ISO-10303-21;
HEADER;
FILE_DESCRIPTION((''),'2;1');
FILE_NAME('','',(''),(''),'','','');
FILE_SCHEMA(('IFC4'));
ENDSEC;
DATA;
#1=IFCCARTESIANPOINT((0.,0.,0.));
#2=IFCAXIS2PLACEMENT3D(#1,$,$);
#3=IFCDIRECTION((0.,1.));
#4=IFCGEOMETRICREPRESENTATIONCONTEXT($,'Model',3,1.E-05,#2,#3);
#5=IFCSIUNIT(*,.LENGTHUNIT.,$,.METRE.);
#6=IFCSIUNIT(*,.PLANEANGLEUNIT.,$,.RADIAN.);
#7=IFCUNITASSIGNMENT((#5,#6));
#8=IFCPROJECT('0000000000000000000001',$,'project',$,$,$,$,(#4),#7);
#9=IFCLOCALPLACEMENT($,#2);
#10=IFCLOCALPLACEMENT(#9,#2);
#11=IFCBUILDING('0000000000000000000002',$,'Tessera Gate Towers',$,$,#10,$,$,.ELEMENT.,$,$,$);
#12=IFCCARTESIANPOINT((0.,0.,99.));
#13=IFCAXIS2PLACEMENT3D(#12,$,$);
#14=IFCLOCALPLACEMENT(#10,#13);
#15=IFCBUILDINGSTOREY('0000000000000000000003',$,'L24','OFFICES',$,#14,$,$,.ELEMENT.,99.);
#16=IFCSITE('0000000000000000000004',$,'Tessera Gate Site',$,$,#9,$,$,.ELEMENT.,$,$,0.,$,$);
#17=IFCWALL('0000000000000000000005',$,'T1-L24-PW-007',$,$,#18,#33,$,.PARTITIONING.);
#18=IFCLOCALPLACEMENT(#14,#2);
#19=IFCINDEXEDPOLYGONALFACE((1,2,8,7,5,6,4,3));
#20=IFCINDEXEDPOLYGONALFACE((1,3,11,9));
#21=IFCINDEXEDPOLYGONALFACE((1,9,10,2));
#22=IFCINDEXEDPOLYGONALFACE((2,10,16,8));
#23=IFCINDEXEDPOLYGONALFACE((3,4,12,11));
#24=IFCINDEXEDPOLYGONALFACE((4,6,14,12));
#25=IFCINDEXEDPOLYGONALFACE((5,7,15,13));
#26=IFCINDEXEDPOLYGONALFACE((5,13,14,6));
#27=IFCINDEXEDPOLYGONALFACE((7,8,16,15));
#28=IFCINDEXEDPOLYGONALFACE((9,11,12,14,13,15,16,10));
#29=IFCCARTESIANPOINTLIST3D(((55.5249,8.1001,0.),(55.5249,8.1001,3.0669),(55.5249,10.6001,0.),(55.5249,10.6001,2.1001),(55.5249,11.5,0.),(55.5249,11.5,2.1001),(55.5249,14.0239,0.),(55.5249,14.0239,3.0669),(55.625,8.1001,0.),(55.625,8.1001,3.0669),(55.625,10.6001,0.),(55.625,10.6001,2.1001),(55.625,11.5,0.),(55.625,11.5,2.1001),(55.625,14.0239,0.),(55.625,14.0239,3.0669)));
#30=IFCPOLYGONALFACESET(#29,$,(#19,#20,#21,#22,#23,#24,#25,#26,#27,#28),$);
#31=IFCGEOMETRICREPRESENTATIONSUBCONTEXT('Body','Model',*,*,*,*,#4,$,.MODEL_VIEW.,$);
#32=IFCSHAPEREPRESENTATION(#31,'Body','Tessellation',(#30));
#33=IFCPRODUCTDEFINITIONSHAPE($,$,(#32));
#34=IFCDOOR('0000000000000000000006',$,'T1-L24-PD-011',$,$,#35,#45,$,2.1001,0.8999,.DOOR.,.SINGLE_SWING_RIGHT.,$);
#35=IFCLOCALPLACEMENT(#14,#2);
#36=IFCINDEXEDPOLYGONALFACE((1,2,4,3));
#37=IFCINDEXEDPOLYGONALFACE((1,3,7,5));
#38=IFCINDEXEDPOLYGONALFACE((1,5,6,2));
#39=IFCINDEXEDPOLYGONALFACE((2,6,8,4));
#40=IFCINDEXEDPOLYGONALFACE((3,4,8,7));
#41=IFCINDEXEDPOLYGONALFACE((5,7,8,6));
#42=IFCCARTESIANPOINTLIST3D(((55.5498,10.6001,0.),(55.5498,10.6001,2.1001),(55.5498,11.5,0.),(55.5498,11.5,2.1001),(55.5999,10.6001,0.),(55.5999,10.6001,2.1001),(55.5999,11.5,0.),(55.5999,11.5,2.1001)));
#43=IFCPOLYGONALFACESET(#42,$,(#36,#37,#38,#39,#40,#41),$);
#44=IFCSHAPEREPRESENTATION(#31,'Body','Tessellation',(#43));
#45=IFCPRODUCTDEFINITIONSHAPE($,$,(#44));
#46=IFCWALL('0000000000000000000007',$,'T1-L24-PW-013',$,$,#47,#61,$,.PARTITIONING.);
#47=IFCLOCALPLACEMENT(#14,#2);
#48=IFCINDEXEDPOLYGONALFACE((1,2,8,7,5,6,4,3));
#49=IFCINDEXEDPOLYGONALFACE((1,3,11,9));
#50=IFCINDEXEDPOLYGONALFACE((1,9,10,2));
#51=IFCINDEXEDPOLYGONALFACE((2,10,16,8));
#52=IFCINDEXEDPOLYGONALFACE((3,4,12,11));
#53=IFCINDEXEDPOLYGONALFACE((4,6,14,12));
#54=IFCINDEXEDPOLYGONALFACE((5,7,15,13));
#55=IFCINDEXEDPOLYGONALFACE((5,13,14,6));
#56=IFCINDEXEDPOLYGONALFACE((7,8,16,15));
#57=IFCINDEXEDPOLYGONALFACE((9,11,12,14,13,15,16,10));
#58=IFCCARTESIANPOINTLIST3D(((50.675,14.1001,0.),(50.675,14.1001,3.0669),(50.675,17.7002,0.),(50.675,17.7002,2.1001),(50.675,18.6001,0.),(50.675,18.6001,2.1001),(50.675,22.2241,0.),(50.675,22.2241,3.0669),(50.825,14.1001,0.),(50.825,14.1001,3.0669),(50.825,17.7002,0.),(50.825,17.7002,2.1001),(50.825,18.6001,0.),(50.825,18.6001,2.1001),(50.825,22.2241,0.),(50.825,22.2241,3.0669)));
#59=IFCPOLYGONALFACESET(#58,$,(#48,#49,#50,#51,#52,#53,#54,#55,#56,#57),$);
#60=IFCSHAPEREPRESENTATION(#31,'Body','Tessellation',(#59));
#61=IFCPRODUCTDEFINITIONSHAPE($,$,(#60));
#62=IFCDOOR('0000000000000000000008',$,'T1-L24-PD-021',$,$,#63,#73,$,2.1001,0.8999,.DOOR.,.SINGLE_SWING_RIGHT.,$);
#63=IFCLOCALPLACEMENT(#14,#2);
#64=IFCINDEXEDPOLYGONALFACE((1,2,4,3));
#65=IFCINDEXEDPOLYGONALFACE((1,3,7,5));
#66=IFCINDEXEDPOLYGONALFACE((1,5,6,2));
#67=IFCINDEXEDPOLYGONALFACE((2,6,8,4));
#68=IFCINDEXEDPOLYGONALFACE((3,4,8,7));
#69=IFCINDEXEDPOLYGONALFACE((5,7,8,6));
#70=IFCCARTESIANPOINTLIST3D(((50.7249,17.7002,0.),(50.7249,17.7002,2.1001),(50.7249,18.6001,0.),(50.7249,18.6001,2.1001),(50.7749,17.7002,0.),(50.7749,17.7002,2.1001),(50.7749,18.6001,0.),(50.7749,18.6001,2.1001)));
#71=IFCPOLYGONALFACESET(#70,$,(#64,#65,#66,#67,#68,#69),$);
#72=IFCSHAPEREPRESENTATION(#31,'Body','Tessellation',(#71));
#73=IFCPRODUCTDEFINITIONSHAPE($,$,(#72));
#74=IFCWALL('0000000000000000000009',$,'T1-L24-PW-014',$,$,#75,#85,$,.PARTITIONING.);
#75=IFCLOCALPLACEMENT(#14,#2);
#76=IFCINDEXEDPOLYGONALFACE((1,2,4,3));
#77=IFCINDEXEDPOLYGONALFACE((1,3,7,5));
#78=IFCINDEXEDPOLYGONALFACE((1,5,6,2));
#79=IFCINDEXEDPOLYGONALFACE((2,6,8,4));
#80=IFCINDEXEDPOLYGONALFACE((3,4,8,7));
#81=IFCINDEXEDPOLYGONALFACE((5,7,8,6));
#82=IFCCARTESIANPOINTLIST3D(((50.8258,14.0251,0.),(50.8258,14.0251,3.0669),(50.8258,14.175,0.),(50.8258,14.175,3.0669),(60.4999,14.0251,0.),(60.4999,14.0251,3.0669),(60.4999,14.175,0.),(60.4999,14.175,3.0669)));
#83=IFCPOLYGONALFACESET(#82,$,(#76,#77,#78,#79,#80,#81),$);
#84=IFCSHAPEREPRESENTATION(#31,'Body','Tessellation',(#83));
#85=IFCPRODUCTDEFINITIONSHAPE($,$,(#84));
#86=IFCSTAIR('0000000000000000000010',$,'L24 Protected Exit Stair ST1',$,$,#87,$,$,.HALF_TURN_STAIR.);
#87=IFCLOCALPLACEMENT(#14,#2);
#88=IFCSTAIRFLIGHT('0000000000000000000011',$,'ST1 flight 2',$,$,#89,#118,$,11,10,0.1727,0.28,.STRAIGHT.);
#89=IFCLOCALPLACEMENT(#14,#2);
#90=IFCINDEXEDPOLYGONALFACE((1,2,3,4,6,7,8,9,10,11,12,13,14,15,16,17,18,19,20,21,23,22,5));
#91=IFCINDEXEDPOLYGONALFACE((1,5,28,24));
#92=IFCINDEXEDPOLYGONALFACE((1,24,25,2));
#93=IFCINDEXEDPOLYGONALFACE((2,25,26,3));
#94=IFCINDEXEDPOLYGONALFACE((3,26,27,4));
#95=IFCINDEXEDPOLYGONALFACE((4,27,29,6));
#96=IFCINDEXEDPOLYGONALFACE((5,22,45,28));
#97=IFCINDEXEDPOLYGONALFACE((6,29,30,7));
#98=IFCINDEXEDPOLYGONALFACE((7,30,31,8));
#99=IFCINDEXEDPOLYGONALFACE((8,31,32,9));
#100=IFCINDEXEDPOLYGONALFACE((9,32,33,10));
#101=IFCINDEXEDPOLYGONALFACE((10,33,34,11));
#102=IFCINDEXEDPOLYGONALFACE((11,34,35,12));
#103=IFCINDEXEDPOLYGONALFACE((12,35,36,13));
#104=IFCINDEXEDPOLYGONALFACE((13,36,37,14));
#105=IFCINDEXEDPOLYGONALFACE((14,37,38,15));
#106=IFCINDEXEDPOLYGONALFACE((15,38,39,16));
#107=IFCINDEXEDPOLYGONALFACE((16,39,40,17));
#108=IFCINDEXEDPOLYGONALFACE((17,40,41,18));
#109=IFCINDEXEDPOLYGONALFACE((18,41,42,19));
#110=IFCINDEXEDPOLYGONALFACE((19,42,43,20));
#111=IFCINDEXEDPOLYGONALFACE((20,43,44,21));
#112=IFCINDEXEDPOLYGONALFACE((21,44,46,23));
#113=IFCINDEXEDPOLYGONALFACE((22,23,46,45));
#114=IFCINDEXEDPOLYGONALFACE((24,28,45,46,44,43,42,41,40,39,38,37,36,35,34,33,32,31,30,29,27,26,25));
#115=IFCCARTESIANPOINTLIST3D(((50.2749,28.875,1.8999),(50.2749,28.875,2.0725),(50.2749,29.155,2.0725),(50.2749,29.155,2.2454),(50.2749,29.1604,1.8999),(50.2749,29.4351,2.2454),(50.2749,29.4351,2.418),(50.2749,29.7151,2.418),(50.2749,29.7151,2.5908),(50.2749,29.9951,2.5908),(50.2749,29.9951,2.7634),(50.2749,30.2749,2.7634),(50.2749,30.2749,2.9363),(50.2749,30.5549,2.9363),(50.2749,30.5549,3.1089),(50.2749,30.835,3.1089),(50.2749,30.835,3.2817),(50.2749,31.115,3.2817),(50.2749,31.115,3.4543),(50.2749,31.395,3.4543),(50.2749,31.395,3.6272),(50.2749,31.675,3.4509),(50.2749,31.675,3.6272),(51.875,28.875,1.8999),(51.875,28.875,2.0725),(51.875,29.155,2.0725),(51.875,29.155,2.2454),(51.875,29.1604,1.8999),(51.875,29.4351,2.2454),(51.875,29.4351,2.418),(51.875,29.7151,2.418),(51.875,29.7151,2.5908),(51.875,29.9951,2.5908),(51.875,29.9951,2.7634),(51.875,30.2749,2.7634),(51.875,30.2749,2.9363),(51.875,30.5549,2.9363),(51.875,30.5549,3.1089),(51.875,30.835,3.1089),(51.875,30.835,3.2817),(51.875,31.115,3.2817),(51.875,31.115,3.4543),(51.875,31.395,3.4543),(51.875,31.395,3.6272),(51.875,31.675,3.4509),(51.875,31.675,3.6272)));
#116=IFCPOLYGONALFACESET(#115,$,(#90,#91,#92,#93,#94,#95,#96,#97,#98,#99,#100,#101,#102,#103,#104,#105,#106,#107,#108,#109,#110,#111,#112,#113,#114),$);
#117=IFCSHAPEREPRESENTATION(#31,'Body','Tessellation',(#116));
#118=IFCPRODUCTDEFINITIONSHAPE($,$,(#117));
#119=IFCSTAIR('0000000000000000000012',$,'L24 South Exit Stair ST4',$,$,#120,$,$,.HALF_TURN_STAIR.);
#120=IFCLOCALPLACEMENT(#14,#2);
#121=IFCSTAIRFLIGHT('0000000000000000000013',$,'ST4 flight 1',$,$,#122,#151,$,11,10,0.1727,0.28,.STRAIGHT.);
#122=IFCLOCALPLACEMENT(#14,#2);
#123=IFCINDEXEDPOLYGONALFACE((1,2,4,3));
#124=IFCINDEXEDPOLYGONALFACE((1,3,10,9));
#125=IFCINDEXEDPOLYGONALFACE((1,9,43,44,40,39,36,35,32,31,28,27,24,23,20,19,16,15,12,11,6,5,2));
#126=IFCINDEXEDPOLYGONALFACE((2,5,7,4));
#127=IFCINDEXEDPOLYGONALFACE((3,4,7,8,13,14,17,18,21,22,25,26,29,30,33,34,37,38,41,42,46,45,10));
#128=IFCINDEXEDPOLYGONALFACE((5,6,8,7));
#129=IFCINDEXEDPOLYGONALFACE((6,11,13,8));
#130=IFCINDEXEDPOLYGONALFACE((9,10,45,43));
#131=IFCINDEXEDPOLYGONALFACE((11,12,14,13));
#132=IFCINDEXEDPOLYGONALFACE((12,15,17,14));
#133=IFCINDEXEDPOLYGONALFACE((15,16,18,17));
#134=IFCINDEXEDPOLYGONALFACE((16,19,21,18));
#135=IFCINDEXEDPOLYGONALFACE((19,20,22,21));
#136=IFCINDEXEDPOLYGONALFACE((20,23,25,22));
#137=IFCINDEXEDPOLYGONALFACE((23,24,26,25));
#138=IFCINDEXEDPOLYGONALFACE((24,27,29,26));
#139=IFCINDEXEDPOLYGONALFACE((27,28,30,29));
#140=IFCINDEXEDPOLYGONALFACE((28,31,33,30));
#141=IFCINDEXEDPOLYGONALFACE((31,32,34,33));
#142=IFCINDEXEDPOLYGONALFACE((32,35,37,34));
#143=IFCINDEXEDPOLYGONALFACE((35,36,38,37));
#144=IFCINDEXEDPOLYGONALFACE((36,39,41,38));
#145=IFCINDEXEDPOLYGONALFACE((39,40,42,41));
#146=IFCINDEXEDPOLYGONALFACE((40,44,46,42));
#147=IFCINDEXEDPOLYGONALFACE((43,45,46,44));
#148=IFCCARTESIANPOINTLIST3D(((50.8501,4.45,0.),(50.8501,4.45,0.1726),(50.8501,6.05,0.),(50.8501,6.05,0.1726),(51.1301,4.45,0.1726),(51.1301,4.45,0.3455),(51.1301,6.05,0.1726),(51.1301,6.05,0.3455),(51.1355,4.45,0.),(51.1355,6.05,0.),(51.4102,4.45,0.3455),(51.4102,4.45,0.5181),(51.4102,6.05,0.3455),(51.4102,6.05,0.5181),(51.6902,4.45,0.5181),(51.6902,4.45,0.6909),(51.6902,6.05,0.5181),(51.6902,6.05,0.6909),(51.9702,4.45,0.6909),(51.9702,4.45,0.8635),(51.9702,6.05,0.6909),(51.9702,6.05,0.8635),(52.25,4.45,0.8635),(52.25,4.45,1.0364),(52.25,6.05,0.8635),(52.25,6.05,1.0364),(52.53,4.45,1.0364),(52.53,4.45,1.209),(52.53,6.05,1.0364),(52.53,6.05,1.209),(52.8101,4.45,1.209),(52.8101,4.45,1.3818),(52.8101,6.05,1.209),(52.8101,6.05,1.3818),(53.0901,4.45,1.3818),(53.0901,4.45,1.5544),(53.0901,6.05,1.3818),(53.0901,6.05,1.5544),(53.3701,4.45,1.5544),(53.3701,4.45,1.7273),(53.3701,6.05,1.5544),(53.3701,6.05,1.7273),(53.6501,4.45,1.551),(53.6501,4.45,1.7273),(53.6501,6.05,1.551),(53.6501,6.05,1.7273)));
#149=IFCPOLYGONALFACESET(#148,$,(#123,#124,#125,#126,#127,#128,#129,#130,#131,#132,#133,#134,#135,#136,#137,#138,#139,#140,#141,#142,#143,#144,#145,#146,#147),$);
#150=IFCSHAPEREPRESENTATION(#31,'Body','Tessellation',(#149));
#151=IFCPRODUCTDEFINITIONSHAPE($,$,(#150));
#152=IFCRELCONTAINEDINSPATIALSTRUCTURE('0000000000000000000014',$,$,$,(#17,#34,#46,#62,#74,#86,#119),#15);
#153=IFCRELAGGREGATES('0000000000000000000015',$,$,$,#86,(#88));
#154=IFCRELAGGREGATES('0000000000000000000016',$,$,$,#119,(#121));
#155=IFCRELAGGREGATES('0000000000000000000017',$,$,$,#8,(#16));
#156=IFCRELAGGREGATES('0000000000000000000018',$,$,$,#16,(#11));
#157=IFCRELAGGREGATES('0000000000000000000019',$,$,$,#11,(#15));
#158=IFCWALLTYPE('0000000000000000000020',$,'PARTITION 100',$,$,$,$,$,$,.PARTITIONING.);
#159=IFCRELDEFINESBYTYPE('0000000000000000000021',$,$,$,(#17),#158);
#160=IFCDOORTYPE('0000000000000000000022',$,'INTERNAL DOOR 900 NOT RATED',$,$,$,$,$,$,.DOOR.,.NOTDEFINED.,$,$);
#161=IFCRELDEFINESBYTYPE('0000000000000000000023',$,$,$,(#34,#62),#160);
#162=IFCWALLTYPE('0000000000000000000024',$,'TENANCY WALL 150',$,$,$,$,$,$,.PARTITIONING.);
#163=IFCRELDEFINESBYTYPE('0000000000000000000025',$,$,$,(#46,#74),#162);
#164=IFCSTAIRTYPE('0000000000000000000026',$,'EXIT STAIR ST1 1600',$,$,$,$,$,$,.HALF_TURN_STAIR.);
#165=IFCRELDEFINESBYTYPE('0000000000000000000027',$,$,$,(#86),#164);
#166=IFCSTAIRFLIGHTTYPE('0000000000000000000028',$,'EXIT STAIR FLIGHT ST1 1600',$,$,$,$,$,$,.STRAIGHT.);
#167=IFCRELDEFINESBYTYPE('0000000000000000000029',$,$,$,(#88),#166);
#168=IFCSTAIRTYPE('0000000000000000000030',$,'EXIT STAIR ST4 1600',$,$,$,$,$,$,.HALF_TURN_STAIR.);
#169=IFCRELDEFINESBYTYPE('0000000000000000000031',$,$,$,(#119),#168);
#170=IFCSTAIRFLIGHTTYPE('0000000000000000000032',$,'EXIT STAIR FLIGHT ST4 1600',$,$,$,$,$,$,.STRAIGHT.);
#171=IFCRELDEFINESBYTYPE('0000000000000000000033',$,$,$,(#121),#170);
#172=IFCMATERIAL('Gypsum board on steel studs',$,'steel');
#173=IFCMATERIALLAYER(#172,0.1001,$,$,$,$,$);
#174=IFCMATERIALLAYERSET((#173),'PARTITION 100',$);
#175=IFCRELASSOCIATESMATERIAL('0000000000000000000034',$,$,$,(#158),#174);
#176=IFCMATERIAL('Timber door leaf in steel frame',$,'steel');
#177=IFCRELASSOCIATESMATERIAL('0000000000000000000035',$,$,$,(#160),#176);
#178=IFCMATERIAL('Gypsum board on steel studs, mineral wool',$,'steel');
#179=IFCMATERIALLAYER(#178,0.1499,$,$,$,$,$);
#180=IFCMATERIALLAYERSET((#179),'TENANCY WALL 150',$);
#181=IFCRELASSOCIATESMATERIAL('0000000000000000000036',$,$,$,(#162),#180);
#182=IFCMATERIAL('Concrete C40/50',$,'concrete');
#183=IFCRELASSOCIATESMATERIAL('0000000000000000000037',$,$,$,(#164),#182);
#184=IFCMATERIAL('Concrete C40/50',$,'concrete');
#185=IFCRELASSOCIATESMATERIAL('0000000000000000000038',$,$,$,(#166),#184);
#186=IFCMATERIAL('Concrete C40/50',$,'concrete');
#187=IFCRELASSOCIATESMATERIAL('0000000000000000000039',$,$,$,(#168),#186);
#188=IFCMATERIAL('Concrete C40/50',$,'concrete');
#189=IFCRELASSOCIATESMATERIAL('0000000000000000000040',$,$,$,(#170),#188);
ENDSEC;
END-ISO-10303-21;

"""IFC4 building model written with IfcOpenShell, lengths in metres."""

from ifc_helpers import new_model, si_unit, direction, frame, frame_2d, origin, place, context, subcontext, project, spatial, polyline, rectangle, outline, extrude, source, transform, mapped, material, layer, layer_set, type_object, element, fill, aggregate, save


model = new_model("IFC4")

# Units and contexts
model_context = context("Model", 3, precision=1e-05, world=origin(), true_north=direction((0.0, 1.0)))
body_context = subcontext(model_context, "Body", "Model", "MODEL_VIEW")
ifc_project = project(units=[si_unit("LENGTHUNIT", "METRE"), si_unit("PLANEANGLEUNIT", "RADIAN")], contexts=[model_context])

# Site, building, storey
site_placement = place(None, origin())
site = spatial("IfcSite", under=ifc_project, at=site_placement, Name="Tessera Gate Site", CompositionType="ELEMENT", RefElevation=0.0)
building_placement = place(site_placement, origin())
building = spatial("IfcBuilding", under=site, at=building_placement, Name="Tessera Gate Towers", CompositionType="ELEMENT")
storey_placement = place(building_placement, frame((0.0, 0.0, 99.0)))
storey = spatial("IfcBuildingStorey", under=building, at=storey_placement, Name="L24", Description="OFFICES", CompositionType="ELEMENT", Elevation=99.0)

# Walls, openings, doors
ifc_material_1 = material(Name="Gypsum board on steel studs", Category="steel")
ifc_layer_1 = layer(ifc_material_1, 0.1001)
ifc_layer_set_1 = layer_set([ifc_layer_1], Name="PARTITION 100")
wall_type_1 = type_object("IfcWallType", Name="PARTITION 100", PredefinedType="PARTITIONING", material=ifc_layer_set_1)
wall_1_placement = place(storey_placement, frame((55.575, 14.0239, 0.0), z_axis=(0.0, 0.0, 1.0), x_axis=(0.0, -1.0, 0.0)))
wall_1 = element("IfcWall", 1, at=wall_1_placement, inside=storey, type_object=wall_type_1, Name="T1-L24-PW-007", PredefinedType="PARTITIONING", context=body_context, shape_type="SweptSolid", body=[
    extrude(rectangle(XDim=5.9238, YDim=0.1001, at=frame_2d((2.9619, 0.0))), origin(), (0.0, 0.0, 1.0), 3.0669),
])
shared_shape_1 = source(origin(), body_context, "Body", "SweptSolid", [
    extrude(rectangle(XDim=0.8999, YDim=2.1001, at=frame_2d((0.45, 1.05))), frame((0.0, 0.0601, 0.0), z_axis=(0.0, -1.0, 0.0), x_axis=(1.0, 0.0, 0.0)), (0.0, 0.0, 1.0), 0.1201),
])
opening_1_placement = place(wall_1_placement, frame((2.5239, 0.0, 0.0)))
opening_1 = element("IfcOpeningElement", 2, at=opening_1_placement, cuts=wall_1, PredefinedType="OPENING", context=body_context, shape_type="MappedRepresentation", body=[
    mapped(shared_shape_1, transform((0.0, 0.0, 0.0), scale=1.0)),
])
ifc_material_2 = material(Name="Timber door leaf in steel frame", Category="steel")
door_type_1 = type_object("IfcDoorType", Name="INTERNAL DOOR 900 NOT RATED", OperationType="NOTDEFINED", PredefinedType="DOOR", material=ifc_material_2)
shared_shape_2 = source(origin(), body_context, "Body", "SweptSolid", [
    extrude(rectangle(XDim=0.8999, YDim=2.1001, at=frame_2d((0.45, 1.05))), frame((0.0, 0.0249, 0.0), z_axis=(0.0, -1.0, 0.0), x_axis=(1.0, 0.0, 0.0)), (0.0, 0.0, 1.0), 0.05),
])
door_1_placement = place(opening_1_placement, origin())
door_1 = element("IfcDoor", 3, at=door_1_placement, inside=storey, type_object=door_type_1, Name="T1-L24-PD-011", OperationType="SINGLE_SWING_RIGHT", OverallHeight=2.1001, OverallWidth=0.8999, PredefinedType="DOOR", context=body_context, shape_type="MappedRepresentation", body=[
    mapped(shared_shape_2, transform((0.0, 0.0, 0.0), scale=1.0)),
])
fill(opening_1, door_1)
ifc_material_3 = material(Name="Gypsum board on steel studs, mineral wool", Category="steel")
ifc_layer_2 = layer(ifc_material_3, 0.1499)
ifc_layer_set_2 = layer_set([ifc_layer_2], Name="TENANCY WALL 150")
wall_type_2 = type_object("IfcWallType", Name="TENANCY WALL 150", PredefinedType="PARTITIONING", material=ifc_layer_set_2)
wall_2_placement = place(storey_placement, frame((50.75, 22.2241, 0.0), z_axis=(0.0, 0.0, 1.0), x_axis=(0.0, -1.0, 0.0)))
wall_2 = element("IfcWall", 4, at=wall_2_placement, inside=storey, type_object=wall_type_2, Name="T1-L24-PW-013", PredefinedType="PARTITIONING", context=body_context, shape_type="SweptSolid", body=[
    extrude(rectangle(XDim=8.124, YDim=0.1499, at=frame_2d((4.062, 0.0))), origin(), (0.0, 0.0, 1.0), 3.0669),
])
shared_shape_3 = source(origin(), body_context, "Body", "SweptSolid", [
    extrude(rectangle(XDim=0.8999, YDim=2.1001, at=frame_2d((0.45, 1.05))), frame((0.0, 0.085, 0.0), z_axis=(0.0, -1.0, 0.0), x_axis=(1.0, 0.0, 0.0)), (0.0, 0.0, 1.0), 0.1699),
])
opening_2_placement = place(wall_2_placement, frame((3.624, 0.0, 0.0)))
opening_2 = element("IfcOpeningElement", 5, at=opening_2_placement, cuts=wall_2, PredefinedType="OPENING", context=body_context, shape_type="MappedRepresentation", body=[
    mapped(shared_shape_3, transform((0.0, 0.0, 0.0), scale=1.0)),
])
door_2_placement = place(opening_2_placement, origin())
door_2 = element("IfcDoor", 6, at=door_2_placement, inside=storey, type_object=door_type_1, Name="T1-L24-PD-021", OperationType="SINGLE_SWING_RIGHT", OverallHeight=2.1001, OverallWidth=0.8999, PredefinedType="DOOR", context=body_context, shape_type="MappedRepresentation", body=[
    mapped(shared_shape_2, transform((0.0, 0.0, 0.0), scale=1.0)),
])
fill(opening_2, door_2)

# Wall
wall_3_placement = place(storey_placement, frame((50.8259, 14.1001, 0.0), z_axis=(0.0, 0.0, 1.0), x_axis=(1.0, 0.0, 0.0)))
element("IfcWall", 7, at=wall_3_placement, inside=storey, type_object=wall_type_2, Name="T1-L24-PW-014", PredefinedType="PARTITIONING", context=body_context, shape_type="SweptSolid", body=[
    extrude(rectangle(XDim=9.6741, YDim=0.1499, at=frame_2d((4.8369, 0.0))), origin(), (0.0, 0.0, 1.0), 3.0669),
])

# Stair, stair flight
ifc_material_4 = material(Name="Concrete C40/50", Category="concrete")
stair_type_1 = type_object("IfcStairType", Name="EXIT STAIR ST1 1600", PredefinedType="HALF_TURN_STAIR", material=ifc_material_4)
stair_1_placement = place(storey_placement, origin())
stair_1 = element("IfcStair", 8, at=stair_1_placement, inside=storey, type_object=stair_type_1, Name="L24 Protected Exit Stair ST1", PredefinedType="HALF_TURN_STAIR")
ifc_material_5 = material(Name="Concrete C40/50", Category="concrete")
stair_flight_type_1 = type_object("IfcStairFlightType", Name="EXIT STAIR FLIGHT ST1 1600", PredefinedType="STRAIGHT", material=ifc_material_5)
stair_flight_1_placement = place(storey_placement, frame((51.075, 28.875, 1.8999), z_axis=(0.0, 0.0, 1.0), x_axis=(0.0, 1.0, 0.0)))
stair_flight_1 = element("IfcStairFlight", 9, at=stair_flight_1_placement, type_object=stair_flight_type_1, Name="ST1 flight 2", NumberOfRisers=11, NumberOfTreads=10, PredefinedType="STRAIGHT", RiserHeight=0.1727, TreadLength=0.28, context=body_context, shape_type="SweptSolid", body=[
    extrude(outline(polyline([(0.0, 0.0), (0.0, 0.1726), (0.28, 0.1726), (0.28, 0.3455), (0.5601, 0.3455), (0.5601, 0.5181), (0.8401, 0.5181), (0.8401, 0.6909), (1.1201, 0.6909), (1.1201, 0.8635), (1.3999, 0.8635), (1.3999, 1.0364), (1.6799, 1.0364), (1.6799, 1.209), (1.96, 1.209), (1.96, 1.3818), (2.24, 1.3818), (2.24, 1.5544), (2.52, 1.5544), (2.52, 1.7273), (2.8, 1.7273), (2.8, 1.8999), (2.8, 1.551), (0.2854, 0.0), (0.0, 0.0)])), frame((0.0, 0.8, 0.0), z_axis=(0.0, -1.0, 0.0), x_axis=(1.0, 0.0, 0.0)), (0.0, 0.0, 1.0), 1.6001),
])
aggregate(stair_1, [stair_flight_1])

# Stair, stair flight
ifc_material_6 = material(Name="Concrete C40/50", Category="concrete")
stair_type_2 = type_object("IfcStairType", Name="EXIT STAIR ST4 1600", PredefinedType="HALF_TURN_STAIR", material=ifc_material_6)
stair_2_placement = place(storey_placement, origin())
stair_2 = element("IfcStair", 10, at=stair_2_placement, inside=storey, type_object=stair_type_2, Name="L24 South Exit Stair ST4", PredefinedType="HALF_TURN_STAIR")
ifc_material_7 = material(Name="Concrete C40/50", Category="concrete")
stair_flight_type_2 = type_object("IfcStairFlightType", Name="EXIT STAIR FLIGHT ST4 1600", PredefinedType="STRAIGHT", material=ifc_material_7)
stair_flight_2_placement = place(storey_placement, frame((50.8501, 5.25, 0.0), z_axis=(0.0, 0.0, 1.0), x_axis=(1.0, 0.0, 0.0)))
stair_flight_2 = element("IfcStairFlight", 11, at=stair_flight_2_placement, type_object=stair_flight_type_2, Name="ST4 flight 1", NumberOfRisers=11, NumberOfTreads=10, PredefinedType="STRAIGHT", RiserHeight=0.1727, TreadLength=0.28, context=body_context, shape_type="SweptSolid", body=[
    extrude(outline(polyline([(0.0, 0.0), (0.0, 0.1726), (0.28, 0.1726), (0.28, 0.3455), (0.5601, 0.3455), (0.5601, 0.5181), (0.8401, 0.5181), (0.8401, 0.6909), (1.1201, 0.6909), (1.1201, 0.8635), (1.3999, 0.8635), (1.3999, 1.0364), (1.6799, 1.0364), (1.6799, 1.209), (1.96, 1.209), (1.96, 1.3818), (2.24, 1.3818), (2.24, 1.5544), (2.52, 1.5544), (2.52, 1.7273), (2.8, 1.7273), (2.8, 1.8999), (2.8, 1.551), (0.2854, 0.0), (0.0, 0.0)])), frame((0.0, 0.8, 0.0), z_axis=(0.0, -1.0, 0.0), x_axis=(1.0, 0.0, 0.0)), (0.0, 0.0, 1.0), 1.6001),
])
aggregate(stair_2, [stair_flight_2])

save(model, "model.ifc")
